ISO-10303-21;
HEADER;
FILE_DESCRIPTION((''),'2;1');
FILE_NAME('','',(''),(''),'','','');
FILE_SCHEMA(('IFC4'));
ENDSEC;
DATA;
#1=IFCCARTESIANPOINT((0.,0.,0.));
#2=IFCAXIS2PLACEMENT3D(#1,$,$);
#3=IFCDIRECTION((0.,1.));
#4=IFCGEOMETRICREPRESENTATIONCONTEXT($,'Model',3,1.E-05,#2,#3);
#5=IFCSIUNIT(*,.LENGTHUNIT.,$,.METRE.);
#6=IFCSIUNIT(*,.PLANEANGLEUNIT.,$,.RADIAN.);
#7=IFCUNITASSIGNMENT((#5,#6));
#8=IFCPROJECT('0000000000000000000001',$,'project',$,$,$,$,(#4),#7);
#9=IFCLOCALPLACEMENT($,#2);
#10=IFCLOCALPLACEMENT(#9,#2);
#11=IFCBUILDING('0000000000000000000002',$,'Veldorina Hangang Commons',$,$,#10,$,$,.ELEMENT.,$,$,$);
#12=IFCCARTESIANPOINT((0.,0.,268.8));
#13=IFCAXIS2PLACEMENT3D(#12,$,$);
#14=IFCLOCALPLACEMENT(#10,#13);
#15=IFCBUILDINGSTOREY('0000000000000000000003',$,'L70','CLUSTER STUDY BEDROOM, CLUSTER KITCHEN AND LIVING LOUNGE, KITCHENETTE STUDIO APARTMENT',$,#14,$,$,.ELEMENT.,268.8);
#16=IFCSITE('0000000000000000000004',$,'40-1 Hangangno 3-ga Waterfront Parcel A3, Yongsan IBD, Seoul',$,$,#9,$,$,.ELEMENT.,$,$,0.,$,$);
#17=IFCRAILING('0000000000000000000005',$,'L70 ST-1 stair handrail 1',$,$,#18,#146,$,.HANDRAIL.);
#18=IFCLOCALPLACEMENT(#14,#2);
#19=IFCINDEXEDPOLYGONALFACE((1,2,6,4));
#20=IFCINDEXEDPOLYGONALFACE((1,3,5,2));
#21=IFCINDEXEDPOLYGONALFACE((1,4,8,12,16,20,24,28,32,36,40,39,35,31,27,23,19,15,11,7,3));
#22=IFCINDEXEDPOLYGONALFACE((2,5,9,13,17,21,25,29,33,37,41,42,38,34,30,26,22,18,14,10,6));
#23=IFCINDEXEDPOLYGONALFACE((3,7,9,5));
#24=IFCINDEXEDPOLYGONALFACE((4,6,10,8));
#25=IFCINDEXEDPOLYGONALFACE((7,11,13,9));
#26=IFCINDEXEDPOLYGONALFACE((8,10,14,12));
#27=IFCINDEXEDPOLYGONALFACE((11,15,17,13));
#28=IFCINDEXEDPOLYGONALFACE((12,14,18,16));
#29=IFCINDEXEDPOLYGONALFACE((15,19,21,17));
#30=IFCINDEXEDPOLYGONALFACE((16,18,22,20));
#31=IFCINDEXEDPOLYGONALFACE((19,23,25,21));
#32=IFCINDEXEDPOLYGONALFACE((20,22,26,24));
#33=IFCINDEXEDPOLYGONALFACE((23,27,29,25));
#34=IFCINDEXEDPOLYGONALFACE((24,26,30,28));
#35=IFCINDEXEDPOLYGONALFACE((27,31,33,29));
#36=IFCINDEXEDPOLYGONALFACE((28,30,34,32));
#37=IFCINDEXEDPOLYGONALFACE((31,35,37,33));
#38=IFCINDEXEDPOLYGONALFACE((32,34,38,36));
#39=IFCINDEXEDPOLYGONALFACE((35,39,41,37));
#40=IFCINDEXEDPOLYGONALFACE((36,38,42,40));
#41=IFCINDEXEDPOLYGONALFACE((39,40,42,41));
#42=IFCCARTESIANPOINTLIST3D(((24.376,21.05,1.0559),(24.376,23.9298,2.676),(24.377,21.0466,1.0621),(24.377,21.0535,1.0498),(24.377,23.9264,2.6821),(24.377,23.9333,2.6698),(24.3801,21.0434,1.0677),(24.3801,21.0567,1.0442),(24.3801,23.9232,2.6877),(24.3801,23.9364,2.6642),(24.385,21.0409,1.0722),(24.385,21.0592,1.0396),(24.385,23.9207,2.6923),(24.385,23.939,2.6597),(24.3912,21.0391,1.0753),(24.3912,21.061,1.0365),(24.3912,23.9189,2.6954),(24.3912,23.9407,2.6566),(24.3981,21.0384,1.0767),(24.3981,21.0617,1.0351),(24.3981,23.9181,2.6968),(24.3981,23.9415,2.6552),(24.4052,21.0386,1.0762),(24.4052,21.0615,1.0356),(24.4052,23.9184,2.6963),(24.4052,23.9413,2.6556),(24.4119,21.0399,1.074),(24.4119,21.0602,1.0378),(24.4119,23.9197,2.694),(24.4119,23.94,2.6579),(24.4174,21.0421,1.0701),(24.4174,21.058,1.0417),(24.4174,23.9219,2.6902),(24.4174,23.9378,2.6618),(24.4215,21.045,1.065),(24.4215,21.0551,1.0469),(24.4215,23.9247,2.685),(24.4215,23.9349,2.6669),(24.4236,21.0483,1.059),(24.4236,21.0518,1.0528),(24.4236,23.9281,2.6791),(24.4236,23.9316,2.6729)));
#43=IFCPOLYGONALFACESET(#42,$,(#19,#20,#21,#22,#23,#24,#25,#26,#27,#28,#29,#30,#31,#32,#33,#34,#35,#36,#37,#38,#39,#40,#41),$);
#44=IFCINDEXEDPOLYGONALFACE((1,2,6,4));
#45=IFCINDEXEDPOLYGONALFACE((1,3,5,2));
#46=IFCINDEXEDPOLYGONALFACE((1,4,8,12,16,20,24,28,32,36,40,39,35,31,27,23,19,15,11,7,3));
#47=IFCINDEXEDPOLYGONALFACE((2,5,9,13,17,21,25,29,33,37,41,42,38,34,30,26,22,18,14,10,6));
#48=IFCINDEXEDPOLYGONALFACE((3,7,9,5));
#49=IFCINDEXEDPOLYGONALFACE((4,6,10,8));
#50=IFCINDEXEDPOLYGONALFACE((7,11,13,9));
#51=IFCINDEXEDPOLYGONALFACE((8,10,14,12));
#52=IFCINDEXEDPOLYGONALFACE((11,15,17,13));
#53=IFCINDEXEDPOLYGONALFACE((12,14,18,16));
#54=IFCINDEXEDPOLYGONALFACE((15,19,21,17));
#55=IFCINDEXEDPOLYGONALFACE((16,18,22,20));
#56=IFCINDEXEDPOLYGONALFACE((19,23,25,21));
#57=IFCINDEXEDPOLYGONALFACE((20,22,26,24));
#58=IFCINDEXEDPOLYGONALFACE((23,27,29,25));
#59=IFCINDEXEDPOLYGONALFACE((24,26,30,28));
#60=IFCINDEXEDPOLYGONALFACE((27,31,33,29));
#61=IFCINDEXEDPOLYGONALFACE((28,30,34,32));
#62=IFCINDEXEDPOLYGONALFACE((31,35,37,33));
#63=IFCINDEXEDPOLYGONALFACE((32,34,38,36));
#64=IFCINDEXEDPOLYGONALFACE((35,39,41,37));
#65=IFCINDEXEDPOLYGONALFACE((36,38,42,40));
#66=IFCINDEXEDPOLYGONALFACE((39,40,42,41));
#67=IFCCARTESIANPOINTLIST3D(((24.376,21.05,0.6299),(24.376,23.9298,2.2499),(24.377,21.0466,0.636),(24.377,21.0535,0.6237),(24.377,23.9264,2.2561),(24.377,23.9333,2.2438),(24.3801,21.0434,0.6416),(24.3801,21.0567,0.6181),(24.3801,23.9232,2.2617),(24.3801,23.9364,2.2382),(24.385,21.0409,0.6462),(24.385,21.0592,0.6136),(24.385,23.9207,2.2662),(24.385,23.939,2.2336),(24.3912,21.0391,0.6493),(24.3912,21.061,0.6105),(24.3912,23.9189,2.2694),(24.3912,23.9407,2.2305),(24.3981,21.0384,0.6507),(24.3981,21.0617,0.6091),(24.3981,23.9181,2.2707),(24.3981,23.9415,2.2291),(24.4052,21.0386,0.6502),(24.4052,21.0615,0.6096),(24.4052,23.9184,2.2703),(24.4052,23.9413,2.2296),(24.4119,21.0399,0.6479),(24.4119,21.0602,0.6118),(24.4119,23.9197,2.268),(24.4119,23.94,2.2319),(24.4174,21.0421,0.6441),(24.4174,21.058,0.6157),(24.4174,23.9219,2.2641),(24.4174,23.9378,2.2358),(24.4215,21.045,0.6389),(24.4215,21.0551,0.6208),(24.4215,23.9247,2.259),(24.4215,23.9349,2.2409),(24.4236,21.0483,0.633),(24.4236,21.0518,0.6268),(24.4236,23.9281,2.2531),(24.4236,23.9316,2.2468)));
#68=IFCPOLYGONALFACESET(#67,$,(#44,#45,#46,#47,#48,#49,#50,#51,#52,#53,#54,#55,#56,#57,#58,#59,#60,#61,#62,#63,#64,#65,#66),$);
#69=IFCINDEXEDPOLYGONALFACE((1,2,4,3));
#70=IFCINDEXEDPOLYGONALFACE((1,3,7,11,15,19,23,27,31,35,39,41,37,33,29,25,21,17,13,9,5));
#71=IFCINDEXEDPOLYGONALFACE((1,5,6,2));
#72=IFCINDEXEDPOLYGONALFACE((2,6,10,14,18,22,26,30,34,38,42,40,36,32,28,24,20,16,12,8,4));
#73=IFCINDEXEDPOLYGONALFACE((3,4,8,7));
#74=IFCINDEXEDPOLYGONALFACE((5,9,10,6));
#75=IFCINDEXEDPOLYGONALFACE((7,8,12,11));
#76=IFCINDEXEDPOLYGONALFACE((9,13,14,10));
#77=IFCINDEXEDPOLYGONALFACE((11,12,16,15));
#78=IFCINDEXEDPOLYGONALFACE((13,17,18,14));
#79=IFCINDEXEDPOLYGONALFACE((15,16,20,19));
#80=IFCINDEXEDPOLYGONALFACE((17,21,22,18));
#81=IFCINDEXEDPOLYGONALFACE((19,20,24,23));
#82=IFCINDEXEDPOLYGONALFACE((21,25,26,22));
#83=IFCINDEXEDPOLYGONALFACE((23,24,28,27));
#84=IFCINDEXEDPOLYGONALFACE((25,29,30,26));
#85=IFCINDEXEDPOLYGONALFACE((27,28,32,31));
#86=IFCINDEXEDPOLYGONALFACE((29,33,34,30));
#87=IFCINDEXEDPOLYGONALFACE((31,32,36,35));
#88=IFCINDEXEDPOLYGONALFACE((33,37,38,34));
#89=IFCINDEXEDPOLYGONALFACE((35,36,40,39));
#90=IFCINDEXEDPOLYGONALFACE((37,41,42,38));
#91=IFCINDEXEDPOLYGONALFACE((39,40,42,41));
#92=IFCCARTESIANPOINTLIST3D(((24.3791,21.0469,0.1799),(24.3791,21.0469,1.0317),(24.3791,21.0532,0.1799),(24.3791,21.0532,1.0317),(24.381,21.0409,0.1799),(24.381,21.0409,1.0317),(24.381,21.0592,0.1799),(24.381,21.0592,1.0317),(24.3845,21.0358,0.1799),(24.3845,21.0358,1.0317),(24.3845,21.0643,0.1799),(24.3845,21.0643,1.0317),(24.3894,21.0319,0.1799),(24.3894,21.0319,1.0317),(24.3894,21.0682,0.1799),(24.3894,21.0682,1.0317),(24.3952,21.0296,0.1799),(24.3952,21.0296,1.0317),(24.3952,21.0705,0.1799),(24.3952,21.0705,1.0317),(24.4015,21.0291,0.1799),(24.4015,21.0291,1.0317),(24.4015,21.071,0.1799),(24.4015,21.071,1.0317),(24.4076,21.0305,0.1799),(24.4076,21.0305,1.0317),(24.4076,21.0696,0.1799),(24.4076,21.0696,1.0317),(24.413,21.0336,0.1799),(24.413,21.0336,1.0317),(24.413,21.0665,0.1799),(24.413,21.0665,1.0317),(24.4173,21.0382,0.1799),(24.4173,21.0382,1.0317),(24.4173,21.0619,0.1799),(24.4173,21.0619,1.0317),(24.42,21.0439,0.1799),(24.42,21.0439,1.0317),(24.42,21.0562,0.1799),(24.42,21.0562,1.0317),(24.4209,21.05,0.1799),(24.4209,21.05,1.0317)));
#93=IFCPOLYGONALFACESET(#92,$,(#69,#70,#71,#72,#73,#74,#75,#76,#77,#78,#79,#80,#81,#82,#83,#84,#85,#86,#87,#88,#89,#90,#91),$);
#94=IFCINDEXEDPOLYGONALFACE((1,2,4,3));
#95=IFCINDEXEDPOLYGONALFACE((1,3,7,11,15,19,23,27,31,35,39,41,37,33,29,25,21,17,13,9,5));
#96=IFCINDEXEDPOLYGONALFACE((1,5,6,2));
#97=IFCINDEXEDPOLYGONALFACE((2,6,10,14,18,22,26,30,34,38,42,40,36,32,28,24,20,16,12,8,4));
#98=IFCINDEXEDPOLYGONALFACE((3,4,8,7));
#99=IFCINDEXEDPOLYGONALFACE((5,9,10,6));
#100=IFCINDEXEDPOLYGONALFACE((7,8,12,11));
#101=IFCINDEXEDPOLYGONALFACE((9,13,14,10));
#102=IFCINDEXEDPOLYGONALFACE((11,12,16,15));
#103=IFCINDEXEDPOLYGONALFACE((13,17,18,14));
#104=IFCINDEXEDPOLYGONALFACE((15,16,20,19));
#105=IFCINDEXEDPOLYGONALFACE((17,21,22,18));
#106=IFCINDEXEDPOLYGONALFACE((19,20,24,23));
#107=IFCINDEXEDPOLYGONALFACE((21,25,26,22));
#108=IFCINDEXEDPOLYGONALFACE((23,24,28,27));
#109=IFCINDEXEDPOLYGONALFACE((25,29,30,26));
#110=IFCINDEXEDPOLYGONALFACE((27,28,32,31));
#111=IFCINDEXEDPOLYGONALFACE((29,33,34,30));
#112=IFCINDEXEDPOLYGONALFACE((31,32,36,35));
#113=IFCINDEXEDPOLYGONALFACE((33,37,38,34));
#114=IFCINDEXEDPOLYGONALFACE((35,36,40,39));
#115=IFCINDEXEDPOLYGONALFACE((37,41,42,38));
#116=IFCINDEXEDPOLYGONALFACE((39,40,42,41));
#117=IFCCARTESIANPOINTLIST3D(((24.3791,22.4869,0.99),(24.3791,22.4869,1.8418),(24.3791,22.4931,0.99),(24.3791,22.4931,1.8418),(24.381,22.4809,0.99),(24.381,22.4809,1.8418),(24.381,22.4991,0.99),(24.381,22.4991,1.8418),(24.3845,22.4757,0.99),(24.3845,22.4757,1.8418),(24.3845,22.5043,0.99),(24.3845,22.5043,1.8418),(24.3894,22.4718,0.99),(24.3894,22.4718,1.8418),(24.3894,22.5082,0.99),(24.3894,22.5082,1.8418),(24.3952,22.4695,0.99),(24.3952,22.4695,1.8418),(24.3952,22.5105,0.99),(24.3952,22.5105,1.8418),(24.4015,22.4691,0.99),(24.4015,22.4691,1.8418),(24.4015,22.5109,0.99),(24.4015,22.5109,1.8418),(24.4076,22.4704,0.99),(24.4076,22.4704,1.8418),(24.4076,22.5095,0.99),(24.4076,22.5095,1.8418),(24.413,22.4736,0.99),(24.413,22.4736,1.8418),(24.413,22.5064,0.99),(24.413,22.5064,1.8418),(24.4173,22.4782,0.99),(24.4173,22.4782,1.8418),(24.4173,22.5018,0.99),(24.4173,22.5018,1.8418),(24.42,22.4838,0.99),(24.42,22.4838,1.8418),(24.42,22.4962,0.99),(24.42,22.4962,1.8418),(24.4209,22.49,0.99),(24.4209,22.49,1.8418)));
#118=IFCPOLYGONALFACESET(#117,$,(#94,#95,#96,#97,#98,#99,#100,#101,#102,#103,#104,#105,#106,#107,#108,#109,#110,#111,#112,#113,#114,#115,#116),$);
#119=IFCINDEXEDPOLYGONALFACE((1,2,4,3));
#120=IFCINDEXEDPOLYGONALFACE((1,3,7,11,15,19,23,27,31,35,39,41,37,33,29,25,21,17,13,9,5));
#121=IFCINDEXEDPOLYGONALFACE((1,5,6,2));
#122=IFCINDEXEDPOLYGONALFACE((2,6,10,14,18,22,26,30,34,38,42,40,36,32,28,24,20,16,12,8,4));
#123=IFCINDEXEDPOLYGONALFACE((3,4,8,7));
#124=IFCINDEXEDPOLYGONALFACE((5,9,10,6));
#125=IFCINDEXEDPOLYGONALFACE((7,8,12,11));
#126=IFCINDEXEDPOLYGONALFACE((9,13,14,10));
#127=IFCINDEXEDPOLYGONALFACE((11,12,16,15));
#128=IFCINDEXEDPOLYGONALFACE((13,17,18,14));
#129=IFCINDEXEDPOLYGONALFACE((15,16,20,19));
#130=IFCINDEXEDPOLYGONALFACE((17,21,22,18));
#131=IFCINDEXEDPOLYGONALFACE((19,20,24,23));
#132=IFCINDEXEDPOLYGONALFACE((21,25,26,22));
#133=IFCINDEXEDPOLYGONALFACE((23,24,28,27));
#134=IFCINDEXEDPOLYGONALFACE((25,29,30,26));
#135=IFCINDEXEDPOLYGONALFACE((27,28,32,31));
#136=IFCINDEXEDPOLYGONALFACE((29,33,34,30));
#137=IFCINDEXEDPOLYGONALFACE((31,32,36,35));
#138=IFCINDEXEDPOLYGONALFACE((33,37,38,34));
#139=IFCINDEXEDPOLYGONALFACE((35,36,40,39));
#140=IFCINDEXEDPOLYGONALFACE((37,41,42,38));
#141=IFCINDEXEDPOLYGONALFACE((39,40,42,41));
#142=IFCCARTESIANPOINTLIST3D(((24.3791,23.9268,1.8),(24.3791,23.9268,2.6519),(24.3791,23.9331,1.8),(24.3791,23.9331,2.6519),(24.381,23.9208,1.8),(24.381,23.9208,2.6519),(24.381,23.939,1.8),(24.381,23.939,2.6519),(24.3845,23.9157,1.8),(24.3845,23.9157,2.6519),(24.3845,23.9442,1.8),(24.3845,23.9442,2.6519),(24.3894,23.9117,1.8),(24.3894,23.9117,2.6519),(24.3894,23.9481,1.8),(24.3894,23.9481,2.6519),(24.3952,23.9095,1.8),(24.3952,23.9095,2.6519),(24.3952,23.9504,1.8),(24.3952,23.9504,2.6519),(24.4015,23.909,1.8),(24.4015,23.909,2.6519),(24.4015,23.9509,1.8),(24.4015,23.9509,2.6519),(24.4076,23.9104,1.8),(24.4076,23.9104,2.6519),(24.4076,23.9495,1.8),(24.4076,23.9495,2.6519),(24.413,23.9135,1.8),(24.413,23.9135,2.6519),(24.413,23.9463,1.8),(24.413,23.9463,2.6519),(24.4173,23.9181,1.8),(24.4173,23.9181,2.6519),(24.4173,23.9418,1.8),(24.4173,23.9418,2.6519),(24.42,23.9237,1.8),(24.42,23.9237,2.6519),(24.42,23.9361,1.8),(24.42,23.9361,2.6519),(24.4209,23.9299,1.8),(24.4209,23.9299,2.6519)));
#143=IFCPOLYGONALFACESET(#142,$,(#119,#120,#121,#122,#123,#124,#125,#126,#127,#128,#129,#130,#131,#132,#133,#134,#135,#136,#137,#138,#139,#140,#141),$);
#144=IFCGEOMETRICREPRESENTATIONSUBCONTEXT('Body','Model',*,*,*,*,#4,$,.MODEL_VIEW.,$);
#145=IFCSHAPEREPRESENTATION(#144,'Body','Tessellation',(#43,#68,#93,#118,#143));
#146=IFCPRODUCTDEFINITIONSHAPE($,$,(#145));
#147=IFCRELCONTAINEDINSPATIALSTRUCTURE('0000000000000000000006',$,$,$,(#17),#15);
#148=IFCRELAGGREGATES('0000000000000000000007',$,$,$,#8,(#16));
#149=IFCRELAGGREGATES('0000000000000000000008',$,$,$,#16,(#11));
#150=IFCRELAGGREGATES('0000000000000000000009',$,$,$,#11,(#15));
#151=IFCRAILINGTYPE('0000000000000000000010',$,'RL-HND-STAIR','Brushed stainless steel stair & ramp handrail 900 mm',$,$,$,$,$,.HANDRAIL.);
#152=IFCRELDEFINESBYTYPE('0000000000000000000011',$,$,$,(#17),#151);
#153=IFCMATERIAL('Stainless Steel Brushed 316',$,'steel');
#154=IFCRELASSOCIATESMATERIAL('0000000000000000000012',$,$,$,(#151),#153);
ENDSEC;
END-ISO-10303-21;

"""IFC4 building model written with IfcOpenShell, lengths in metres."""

from ifc_helpers import new_model, si_unit, direction, frame, origin, origin_2d, place, context, subcontext, project, spatial, circle, extrude, material, type_object, element, save


model = new_model("IFC4")

# Units and contexts
model_context = context("Model", 3, precision=1e-05, world=origin(), true_north=direction((0.0, 1.0)))
body_context = subcontext(model_context, "Body", "Model", "MODEL_VIEW")
ifc_project = project(units=[si_unit("LENGTHUNIT", "METRE"), si_unit("PLANEANGLEUNIT", "RADIAN")], contexts=[model_context])

# Site, building, storey
site_placement = place(None, origin())
site = spatial("IfcSite", under=ifc_project, at=site_placement, Name="40-1 Hangangno 3-ga Waterfront Parcel A3, Yongsan IBD, Seoul", CompositionType="ELEMENT", RefElevation=0.0)
building_placement = place(site_placement, origin())
building = spatial("IfcBuilding", under=site, at=building_placement, Name="Veldorina Hangang Commons", CompositionType="ELEMENT")
storey_placement = place(building_placement, frame((0.0, 0.0, 268.8)))
storey = spatial("IfcBuildingStorey", under=building, at=storey_placement, Name="L70", Description="CLUSTER STUDY BEDROOM, CLUSTER KITCHEN AND LIVING LOUNGE, KITCHENETTE STUDIO APARTMENT", CompositionType="ELEMENT", Elevation=268.8)

# Railing
ifc_material_1 = material(Name="Stainless Steel Brushed 316", Category="steel")
railing_type = type_object("IfcRailingType", Name="RL-HND-STAIR", Description="Brushed stainless steel stair & ramp handrail 900 mm", PredefinedType="HANDRAIL", material=ifc_material_1)
railing_placement = place(storey_placement, frame((24.3999, 21.05, 0.1799)))
element("IfcRailing", 1, at=railing_placement, inside=storey, type_object=railing_type, Name="L70 ST-1 stair handrail 1", PredefinedType="HANDRAIL", context=body_context, shape_type="SweptSolid", body=[
    extrude(circle(Radius=0.0239, at=origin_2d()), frame((0.0, 0.0, 0.876), z_axis=(0.0, 0.871552, 0.490303), x_axis=(-1.0, 0.0, 0.0)), (0.0, 0.0, 1.0), 3.3042),
    extrude(circle(Radius=0.0239, at=origin_2d()), frame((0.0, 0.0, 0.45), z_axis=(0.0, 0.871552, 0.490303), x_axis=(-1.0, 0.0, 0.0)), (0.0, 0.0, 1.0), 3.3042),
    extrude(circle(Radius=0.021, at=origin_2d()), origin(), (0.0, 0.0, 1.0), 0.8518),
    extrude(circle(Radius=0.021, at=origin_2d()), frame((0.0, 1.4399, 0.8101)), (0.0, 0.0, 1.0), 0.8518),
    extrude(circle(Radius=0.021, at=origin_2d()), frame((0.0, 2.8799, 1.6201)), (0.0, 0.0, 1.0), 0.8518),
])

save(model, "model.ifc")
